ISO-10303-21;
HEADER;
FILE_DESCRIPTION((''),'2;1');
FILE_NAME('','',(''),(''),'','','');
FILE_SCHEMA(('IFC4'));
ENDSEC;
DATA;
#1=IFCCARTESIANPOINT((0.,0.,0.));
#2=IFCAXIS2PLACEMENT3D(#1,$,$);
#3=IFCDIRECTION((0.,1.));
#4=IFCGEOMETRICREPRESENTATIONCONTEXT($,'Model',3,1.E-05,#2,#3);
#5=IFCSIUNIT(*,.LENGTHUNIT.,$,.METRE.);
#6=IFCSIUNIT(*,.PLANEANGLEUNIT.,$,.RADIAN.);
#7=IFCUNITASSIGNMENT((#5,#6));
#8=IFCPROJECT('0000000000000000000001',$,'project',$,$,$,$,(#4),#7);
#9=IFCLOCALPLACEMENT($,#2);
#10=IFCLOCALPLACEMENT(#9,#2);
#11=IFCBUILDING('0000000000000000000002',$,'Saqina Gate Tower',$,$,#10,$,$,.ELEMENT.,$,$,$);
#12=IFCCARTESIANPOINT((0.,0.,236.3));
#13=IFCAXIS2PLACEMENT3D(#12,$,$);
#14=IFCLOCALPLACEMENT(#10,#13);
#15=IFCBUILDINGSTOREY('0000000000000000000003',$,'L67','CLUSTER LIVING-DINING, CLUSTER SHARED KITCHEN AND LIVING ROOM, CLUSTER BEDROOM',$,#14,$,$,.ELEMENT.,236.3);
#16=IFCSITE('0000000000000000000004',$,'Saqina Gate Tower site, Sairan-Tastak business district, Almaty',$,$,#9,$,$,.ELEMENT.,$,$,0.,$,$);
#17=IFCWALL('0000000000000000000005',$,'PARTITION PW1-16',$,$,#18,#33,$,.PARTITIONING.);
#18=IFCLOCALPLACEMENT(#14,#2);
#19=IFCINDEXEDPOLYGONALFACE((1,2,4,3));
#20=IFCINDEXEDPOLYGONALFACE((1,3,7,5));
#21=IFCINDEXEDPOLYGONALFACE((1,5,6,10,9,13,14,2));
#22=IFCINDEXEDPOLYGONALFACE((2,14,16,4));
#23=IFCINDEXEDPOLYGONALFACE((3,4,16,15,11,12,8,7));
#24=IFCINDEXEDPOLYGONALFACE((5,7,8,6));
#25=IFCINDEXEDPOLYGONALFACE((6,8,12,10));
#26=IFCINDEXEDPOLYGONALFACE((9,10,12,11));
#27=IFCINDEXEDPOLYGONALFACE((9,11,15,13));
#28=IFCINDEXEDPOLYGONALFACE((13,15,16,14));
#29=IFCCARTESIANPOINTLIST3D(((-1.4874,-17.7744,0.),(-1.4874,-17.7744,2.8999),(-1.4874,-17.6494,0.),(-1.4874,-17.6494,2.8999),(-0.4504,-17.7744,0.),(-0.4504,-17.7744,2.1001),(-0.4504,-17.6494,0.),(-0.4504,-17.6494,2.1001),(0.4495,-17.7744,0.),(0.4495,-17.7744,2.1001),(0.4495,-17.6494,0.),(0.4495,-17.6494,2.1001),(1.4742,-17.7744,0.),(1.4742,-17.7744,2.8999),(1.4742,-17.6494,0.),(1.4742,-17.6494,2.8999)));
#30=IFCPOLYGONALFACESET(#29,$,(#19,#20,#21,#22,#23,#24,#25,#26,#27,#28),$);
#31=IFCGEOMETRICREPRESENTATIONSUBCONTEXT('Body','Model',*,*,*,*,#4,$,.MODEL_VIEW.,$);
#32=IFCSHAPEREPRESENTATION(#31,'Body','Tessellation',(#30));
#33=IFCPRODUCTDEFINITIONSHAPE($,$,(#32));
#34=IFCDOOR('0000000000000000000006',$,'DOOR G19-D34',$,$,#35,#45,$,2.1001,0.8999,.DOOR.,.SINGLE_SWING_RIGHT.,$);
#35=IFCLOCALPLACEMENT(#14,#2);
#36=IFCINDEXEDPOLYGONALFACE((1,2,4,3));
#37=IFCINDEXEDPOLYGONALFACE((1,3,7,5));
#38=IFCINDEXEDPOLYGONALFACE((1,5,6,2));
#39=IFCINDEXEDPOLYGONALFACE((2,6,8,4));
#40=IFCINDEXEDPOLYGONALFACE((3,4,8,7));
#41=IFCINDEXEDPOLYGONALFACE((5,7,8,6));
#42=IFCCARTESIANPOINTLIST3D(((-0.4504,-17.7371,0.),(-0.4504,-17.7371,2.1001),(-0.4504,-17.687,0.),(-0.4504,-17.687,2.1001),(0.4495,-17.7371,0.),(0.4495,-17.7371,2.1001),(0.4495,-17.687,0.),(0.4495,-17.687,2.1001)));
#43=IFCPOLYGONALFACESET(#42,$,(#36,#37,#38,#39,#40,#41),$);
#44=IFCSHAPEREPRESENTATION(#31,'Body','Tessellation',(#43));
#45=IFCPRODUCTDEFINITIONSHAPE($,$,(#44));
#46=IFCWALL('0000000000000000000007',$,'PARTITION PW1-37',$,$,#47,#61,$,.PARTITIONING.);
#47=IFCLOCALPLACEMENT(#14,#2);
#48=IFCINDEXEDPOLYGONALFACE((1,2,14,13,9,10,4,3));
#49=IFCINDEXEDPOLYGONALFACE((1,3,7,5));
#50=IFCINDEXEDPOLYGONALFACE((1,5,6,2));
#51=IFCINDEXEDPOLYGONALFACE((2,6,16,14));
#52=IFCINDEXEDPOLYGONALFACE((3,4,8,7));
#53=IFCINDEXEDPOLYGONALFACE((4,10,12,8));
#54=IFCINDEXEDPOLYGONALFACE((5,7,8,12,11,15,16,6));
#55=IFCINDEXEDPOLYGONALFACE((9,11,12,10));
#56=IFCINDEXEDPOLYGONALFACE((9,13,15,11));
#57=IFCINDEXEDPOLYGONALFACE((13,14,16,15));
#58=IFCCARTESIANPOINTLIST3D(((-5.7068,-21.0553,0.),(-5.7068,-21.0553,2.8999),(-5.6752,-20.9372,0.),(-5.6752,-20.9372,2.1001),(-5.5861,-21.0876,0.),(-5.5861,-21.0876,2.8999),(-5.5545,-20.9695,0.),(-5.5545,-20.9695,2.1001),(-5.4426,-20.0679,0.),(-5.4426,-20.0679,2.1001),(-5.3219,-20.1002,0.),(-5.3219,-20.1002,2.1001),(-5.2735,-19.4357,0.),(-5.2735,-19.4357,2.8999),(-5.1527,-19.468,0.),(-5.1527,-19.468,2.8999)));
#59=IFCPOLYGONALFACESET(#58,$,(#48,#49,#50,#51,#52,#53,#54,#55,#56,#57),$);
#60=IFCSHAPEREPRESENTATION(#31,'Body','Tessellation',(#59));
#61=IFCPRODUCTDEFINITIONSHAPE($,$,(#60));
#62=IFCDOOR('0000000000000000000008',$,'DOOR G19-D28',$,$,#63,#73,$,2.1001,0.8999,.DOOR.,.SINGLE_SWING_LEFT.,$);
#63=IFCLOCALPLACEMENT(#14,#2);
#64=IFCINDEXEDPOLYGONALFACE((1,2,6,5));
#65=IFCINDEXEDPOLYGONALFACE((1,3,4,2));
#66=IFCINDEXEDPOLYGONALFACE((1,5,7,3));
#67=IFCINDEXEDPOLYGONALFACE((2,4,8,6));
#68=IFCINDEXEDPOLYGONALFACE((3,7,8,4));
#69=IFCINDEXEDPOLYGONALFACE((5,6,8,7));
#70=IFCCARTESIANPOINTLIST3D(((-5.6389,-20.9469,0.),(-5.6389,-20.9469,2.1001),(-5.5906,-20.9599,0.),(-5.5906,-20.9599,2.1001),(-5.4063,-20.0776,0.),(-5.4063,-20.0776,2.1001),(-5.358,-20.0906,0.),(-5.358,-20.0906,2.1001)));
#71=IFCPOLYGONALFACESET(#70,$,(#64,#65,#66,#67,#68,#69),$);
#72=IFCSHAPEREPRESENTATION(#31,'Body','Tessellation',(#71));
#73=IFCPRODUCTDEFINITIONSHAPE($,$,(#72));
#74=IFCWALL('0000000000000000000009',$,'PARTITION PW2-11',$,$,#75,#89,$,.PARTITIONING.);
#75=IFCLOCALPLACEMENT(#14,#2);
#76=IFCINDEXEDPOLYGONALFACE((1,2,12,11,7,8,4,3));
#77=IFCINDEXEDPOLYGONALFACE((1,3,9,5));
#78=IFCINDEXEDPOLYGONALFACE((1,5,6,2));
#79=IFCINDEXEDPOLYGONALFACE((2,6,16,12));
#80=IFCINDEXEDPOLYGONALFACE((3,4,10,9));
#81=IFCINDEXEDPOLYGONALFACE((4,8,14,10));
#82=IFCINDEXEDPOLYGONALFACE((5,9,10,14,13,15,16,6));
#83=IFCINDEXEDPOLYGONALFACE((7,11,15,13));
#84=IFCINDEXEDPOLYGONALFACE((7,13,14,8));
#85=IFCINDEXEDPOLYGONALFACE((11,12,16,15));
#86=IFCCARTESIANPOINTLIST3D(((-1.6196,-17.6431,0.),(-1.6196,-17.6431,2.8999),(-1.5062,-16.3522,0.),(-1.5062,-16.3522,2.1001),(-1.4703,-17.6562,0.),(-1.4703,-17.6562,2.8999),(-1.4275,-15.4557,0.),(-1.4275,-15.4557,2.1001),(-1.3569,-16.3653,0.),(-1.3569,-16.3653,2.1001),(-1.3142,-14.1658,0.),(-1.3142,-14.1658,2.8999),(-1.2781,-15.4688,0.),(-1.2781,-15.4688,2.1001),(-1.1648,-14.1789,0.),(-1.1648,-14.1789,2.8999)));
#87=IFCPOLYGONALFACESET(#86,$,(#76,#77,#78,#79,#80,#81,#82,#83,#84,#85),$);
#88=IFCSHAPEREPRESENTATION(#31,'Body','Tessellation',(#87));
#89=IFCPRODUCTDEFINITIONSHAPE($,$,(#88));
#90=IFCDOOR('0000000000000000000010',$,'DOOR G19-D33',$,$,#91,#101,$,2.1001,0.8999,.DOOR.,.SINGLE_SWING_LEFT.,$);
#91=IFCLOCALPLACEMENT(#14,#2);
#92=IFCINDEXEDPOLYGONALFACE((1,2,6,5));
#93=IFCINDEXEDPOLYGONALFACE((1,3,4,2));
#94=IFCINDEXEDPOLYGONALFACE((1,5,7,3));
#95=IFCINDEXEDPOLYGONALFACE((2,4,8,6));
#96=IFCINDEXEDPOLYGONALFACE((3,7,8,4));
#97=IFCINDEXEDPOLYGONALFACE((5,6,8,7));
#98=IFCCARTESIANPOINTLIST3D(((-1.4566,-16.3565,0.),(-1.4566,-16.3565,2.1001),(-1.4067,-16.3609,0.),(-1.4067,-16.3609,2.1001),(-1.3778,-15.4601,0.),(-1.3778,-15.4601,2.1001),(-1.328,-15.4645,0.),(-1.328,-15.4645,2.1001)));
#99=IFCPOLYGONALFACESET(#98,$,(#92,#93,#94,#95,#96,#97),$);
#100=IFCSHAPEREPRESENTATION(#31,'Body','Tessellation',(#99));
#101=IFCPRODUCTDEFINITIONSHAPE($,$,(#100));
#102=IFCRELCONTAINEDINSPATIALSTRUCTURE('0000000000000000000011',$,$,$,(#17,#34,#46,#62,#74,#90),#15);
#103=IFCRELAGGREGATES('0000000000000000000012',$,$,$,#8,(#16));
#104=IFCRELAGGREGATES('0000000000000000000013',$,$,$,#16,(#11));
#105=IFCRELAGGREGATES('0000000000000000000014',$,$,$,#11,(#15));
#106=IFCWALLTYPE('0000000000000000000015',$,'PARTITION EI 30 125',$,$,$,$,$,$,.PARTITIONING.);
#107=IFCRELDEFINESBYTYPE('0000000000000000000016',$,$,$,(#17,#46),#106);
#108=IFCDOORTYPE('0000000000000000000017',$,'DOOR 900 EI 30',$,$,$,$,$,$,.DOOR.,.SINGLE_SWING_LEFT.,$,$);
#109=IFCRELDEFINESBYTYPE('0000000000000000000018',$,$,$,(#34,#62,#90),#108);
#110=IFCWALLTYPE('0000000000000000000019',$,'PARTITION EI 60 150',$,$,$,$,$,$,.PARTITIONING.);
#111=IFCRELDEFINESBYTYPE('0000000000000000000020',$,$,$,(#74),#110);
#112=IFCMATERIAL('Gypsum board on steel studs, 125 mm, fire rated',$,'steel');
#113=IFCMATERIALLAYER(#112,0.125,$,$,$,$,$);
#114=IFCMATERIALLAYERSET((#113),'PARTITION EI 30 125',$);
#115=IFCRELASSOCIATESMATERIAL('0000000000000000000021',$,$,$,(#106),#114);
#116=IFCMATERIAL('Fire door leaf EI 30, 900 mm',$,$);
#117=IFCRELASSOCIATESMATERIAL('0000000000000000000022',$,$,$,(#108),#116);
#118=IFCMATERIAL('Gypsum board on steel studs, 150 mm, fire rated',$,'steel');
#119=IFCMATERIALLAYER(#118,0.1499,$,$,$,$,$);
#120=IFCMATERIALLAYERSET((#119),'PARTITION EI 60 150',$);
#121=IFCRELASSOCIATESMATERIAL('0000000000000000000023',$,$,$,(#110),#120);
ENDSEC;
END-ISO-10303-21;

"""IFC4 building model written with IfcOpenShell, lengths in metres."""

from ifc_helpers import new_model, si_unit, direction, frame, frame_2d, origin, place, context, subcontext, project, spatial, rectangle, extrude, material, layer, layer_set, type_object, element, fill, save


model = new_model("IFC4")

# Units and contexts
model_context = context("Model", 3, precision=1e-05, world=origin(), true_north=direction((0.0, 1.0)))
body_context = subcontext(model_context, "Body", "Model", "MODEL_VIEW")
ifc_project = project(units=[si_unit("LENGTHUNIT", "METRE"), si_unit("PLANEANGLEUNIT", "RADIAN")], contexts=[model_context])

# Site, building, storey
site_placement = place(None, origin())
site = spatial("IfcSite", under=ifc_project, at=site_placement, Name="Saqina Gate Tower site, Sairan-Tastak business district, Almaty", CompositionType="ELEMENT", RefElevation=0.0)
building_placement = place(site_placement, origin())
building = spatial("IfcBuilding", under=site, at=building_placement, Name="Saqina Gate Tower", CompositionType="ELEMENT")
storey_placement = place(building_placement, frame((0.0, 0.0, 236.3)))
storey = spatial("IfcBuildingStorey", under=building, at=storey_placement, Name="L67", Description="CLUSTER LIVING-DINING, CLUSTER SHARED KITCHEN AND LIVING ROOM, CLUSTER BEDROOM", CompositionType="ELEMENT", Elevation=236.3)

# Shared definitions
ifc_material_1 = material(Name="Gypsum board on steel studs, 125 mm, fire rated", Category="steel")
ifc_layer_1 = layer(ifc_material_1, 0.125)
ifc_layer_set_1 = layer_set([ifc_layer_1], Name="PARTITION EI 30 125")
wall_type_1 = type_object("IfcWallType", Name="PARTITION EI 30 125", PredefinedType="PARTITIONING", material=ifc_layer_set_1)

# Walls, openings, doors
wall_1_placement = place(storey_placement, frame((-1.4875, -17.7119, 0.0), z_axis=(0.0, 0.0, 1.0), x_axis=(1.0, 0.0, 0.0)))
wall_1 = element("IfcWall", 1, at=wall_1_placement, inside=storey, type_object=wall_type_1, Name="PARTITION PW1-16", PredefinedType="PARTITIONING", context=body_context, shape_type="SweptSolid", body=[
    extrude(rectangle(XDim=2.9617, YDim=0.125, at=frame_2d((1.481, 0.0))), origin(), (0.0, 0.0, 1.0), 2.8999),
])
opening_1_placement = place(wall_1_placement, frame((1.0371, 0.0, 0.0)))
opening_1 = element("IfcOpeningElement", 2, at=opening_1_placement, cuts=wall_1, PredefinedType="OPENING", context=body_context, shape_type="SweptSolid", body=[
    extrude(rectangle(XDim=0.8999, YDim=2.1001, at=frame_2d((0.45, 1.05))), frame((0.0, 0.0745, 0.0), z_axis=(0.0, -1.0, 0.0), x_axis=(1.0, 0.0, 0.0)), (0.0, 0.0, 1.0), 0.1489),
])
ifc_material_2 = material(Name="Fire door leaf EI 30, 900 mm")
door_type_1 = type_object("IfcDoorType", Name="DOOR 900 EI 30", OperationType="SINGLE_SWING_LEFT", PredefinedType="DOOR", material=ifc_material_2)
door_1_placement = place(opening_1_placement, origin())
door_1 = element("IfcDoor", 3, at=door_1_placement, inside=storey, type_object=door_type_1, Name="DOOR G19-D34", OperationType="SINGLE_SWING_RIGHT", OverallHeight=2.1001, OverallWidth=0.8999, PredefinedType="DOOR", context=body_context, shape_type="SweptSolid", body=[
    extrude(rectangle(XDim=0.8999, YDim=2.1001, at=frame_2d((0.45, 1.05))), frame((0.0, 0.0249, 0.0), z_axis=(0.0, -1.0, 0.0), x_axis=(1.0, 0.0, 0.0)), (0.0, 0.0, 1.0), 0.05),
])
fill(opening_1, door_1)
wall_2_placement = place(storey_placement, frame((-5.6465, -21.0715, 0.0), z_axis=(0.0, 0.0, 1.0), x_axis=(0.258469, 0.96602, 0.0)))
wall_2 = element("IfcWall", 4, at=wall_2_placement, inside=storey, type_object=wall_type_1, Name="PARTITION PW1-37", PredefinedType="PARTITIONING", context=body_context, shape_type="SweptSolid", body=[
    extrude(rectangle(XDim=1.6765, YDim=0.125, at=frame_2d((0.8384, 0.0))), origin(), (0.0, 0.0, 1.0), 2.8999),
])
opening_2_placement = place(wall_2_placement, frame((0.1223, 0.0, 0.0)))
opening_2 = element("IfcOpeningElement", 5, at=opening_2_placement, cuts=wall_2, PredefinedType="OPENING", context=body_context, shape_type="SweptSolid", body=[
    extrude(rectangle(XDim=0.8999, YDim=2.1001, at=frame_2d((0.45, 1.05))), frame((0.0, 0.0745, 0.0), z_axis=(0.0, -1.0, 0.0), x_axis=(1.0, 0.0, 0.0)), (0.0, 0.0, 1.0), 0.1489),
])
door_2_placement = place(opening_2_placement, origin())
door_2 = element("IfcDoor", 6, at=door_2_placement, inside=storey, type_object=door_type_1, Name="DOOR G19-D28", OperationType="SINGLE_SWING_LEFT", OverallHeight=2.1001, OverallWidth=0.8999, PredefinedType="DOOR", context=body_context, shape_type="SweptSolid", body=[
    extrude(rectangle(XDim=0.8999, YDim=2.1001, at=frame_2d((0.45, 1.05))), frame((0.0, 0.0249, 0.0), z_axis=(0.0, -1.0, 0.0), x_axis=(1.0, 0.0, 0.0)), (0.0, 0.0, 1.0), 0.05),
])
fill(opening_2, door_2)
ifc_material_3 = material(Name="Gypsum board on steel studs, 150 mm, fire rated", Category="steel")
ifc_layer_2 = layer(ifc_material_3, 0.1499)
ifc_layer_set_2 = layer_set([ifc_layer_2], Name="PARTITION EI 60 150")
wall_type_2 = type_object("IfcWallType", Name="PARTITION EI 60 150", PredefinedType="PARTITIONING", material=ifc_layer_set_2)
wall_3_placement = place(storey_placement, frame((-1.5449, -17.6497, 0.0), z_axis=(0.0, 0.0, 1.0), x_axis=(0.087496, 0.996165, 0.0)))
wall_3 = element("IfcWall", 7, at=wall_3_placement, inside=storey, type_object=wall_type_2, Name="PARTITION PW2-11", PredefinedType="PARTITIONING", context=body_context, shape_type="SweptSolid", body=[
    extrude(rectangle(XDim=3.4907, YDim=0.1499, at=frame_2d((1.7454, 0.0))), origin(), (0.0, 0.0, 1.0), 2.8999),
])
opening_3_placement = place(wall_3_placement, frame((1.2959, 0.0, 0.0)))
opening_3 = element("IfcOpeningElement", 8, at=opening_3_placement, cuts=wall_3, PredefinedType="OPENING", context=body_context, shape_type="SweptSolid", body=[
    extrude(rectangle(XDim=0.8999, YDim=2.1001, at=frame_2d((0.45, 1.05))), frame((0.0, 0.0869, 0.0), z_axis=(0.0, -1.0, 0.0), x_axis=(1.0, 0.0, 0.0)), (0.0, 0.0, 1.0), 0.1738),
])
door_3_placement = place(opening_3_placement, frame((0.8999, 0.0, 0.0), z_axis=(0.0, 0.0, 1.0), x_axis=(-1.0, 0.0, 0.0)))
door_3 = element("IfcDoor", 9, at=door_3_placement, inside=storey, type_object=door_type_1, Name="DOOR G19-D33", OperationType="SINGLE_SWING_LEFT", OverallHeight=2.1001, OverallWidth=0.8999, PredefinedType="DOOR", context=body_context, shape_type="SweptSolid", body=[
    extrude(rectangle(XDim=0.8999, YDim=2.1001, at=frame_2d((0.45, 1.05))), frame((0.0, 0.0249, 0.0), z_axis=(0.0, -1.0, 0.0), x_axis=(1.0, 0.0, 0.0)), (0.0, 0.0, 1.0), 0.05),
])
fill(opening_3, door_3)

save(model, "model.ifc")
